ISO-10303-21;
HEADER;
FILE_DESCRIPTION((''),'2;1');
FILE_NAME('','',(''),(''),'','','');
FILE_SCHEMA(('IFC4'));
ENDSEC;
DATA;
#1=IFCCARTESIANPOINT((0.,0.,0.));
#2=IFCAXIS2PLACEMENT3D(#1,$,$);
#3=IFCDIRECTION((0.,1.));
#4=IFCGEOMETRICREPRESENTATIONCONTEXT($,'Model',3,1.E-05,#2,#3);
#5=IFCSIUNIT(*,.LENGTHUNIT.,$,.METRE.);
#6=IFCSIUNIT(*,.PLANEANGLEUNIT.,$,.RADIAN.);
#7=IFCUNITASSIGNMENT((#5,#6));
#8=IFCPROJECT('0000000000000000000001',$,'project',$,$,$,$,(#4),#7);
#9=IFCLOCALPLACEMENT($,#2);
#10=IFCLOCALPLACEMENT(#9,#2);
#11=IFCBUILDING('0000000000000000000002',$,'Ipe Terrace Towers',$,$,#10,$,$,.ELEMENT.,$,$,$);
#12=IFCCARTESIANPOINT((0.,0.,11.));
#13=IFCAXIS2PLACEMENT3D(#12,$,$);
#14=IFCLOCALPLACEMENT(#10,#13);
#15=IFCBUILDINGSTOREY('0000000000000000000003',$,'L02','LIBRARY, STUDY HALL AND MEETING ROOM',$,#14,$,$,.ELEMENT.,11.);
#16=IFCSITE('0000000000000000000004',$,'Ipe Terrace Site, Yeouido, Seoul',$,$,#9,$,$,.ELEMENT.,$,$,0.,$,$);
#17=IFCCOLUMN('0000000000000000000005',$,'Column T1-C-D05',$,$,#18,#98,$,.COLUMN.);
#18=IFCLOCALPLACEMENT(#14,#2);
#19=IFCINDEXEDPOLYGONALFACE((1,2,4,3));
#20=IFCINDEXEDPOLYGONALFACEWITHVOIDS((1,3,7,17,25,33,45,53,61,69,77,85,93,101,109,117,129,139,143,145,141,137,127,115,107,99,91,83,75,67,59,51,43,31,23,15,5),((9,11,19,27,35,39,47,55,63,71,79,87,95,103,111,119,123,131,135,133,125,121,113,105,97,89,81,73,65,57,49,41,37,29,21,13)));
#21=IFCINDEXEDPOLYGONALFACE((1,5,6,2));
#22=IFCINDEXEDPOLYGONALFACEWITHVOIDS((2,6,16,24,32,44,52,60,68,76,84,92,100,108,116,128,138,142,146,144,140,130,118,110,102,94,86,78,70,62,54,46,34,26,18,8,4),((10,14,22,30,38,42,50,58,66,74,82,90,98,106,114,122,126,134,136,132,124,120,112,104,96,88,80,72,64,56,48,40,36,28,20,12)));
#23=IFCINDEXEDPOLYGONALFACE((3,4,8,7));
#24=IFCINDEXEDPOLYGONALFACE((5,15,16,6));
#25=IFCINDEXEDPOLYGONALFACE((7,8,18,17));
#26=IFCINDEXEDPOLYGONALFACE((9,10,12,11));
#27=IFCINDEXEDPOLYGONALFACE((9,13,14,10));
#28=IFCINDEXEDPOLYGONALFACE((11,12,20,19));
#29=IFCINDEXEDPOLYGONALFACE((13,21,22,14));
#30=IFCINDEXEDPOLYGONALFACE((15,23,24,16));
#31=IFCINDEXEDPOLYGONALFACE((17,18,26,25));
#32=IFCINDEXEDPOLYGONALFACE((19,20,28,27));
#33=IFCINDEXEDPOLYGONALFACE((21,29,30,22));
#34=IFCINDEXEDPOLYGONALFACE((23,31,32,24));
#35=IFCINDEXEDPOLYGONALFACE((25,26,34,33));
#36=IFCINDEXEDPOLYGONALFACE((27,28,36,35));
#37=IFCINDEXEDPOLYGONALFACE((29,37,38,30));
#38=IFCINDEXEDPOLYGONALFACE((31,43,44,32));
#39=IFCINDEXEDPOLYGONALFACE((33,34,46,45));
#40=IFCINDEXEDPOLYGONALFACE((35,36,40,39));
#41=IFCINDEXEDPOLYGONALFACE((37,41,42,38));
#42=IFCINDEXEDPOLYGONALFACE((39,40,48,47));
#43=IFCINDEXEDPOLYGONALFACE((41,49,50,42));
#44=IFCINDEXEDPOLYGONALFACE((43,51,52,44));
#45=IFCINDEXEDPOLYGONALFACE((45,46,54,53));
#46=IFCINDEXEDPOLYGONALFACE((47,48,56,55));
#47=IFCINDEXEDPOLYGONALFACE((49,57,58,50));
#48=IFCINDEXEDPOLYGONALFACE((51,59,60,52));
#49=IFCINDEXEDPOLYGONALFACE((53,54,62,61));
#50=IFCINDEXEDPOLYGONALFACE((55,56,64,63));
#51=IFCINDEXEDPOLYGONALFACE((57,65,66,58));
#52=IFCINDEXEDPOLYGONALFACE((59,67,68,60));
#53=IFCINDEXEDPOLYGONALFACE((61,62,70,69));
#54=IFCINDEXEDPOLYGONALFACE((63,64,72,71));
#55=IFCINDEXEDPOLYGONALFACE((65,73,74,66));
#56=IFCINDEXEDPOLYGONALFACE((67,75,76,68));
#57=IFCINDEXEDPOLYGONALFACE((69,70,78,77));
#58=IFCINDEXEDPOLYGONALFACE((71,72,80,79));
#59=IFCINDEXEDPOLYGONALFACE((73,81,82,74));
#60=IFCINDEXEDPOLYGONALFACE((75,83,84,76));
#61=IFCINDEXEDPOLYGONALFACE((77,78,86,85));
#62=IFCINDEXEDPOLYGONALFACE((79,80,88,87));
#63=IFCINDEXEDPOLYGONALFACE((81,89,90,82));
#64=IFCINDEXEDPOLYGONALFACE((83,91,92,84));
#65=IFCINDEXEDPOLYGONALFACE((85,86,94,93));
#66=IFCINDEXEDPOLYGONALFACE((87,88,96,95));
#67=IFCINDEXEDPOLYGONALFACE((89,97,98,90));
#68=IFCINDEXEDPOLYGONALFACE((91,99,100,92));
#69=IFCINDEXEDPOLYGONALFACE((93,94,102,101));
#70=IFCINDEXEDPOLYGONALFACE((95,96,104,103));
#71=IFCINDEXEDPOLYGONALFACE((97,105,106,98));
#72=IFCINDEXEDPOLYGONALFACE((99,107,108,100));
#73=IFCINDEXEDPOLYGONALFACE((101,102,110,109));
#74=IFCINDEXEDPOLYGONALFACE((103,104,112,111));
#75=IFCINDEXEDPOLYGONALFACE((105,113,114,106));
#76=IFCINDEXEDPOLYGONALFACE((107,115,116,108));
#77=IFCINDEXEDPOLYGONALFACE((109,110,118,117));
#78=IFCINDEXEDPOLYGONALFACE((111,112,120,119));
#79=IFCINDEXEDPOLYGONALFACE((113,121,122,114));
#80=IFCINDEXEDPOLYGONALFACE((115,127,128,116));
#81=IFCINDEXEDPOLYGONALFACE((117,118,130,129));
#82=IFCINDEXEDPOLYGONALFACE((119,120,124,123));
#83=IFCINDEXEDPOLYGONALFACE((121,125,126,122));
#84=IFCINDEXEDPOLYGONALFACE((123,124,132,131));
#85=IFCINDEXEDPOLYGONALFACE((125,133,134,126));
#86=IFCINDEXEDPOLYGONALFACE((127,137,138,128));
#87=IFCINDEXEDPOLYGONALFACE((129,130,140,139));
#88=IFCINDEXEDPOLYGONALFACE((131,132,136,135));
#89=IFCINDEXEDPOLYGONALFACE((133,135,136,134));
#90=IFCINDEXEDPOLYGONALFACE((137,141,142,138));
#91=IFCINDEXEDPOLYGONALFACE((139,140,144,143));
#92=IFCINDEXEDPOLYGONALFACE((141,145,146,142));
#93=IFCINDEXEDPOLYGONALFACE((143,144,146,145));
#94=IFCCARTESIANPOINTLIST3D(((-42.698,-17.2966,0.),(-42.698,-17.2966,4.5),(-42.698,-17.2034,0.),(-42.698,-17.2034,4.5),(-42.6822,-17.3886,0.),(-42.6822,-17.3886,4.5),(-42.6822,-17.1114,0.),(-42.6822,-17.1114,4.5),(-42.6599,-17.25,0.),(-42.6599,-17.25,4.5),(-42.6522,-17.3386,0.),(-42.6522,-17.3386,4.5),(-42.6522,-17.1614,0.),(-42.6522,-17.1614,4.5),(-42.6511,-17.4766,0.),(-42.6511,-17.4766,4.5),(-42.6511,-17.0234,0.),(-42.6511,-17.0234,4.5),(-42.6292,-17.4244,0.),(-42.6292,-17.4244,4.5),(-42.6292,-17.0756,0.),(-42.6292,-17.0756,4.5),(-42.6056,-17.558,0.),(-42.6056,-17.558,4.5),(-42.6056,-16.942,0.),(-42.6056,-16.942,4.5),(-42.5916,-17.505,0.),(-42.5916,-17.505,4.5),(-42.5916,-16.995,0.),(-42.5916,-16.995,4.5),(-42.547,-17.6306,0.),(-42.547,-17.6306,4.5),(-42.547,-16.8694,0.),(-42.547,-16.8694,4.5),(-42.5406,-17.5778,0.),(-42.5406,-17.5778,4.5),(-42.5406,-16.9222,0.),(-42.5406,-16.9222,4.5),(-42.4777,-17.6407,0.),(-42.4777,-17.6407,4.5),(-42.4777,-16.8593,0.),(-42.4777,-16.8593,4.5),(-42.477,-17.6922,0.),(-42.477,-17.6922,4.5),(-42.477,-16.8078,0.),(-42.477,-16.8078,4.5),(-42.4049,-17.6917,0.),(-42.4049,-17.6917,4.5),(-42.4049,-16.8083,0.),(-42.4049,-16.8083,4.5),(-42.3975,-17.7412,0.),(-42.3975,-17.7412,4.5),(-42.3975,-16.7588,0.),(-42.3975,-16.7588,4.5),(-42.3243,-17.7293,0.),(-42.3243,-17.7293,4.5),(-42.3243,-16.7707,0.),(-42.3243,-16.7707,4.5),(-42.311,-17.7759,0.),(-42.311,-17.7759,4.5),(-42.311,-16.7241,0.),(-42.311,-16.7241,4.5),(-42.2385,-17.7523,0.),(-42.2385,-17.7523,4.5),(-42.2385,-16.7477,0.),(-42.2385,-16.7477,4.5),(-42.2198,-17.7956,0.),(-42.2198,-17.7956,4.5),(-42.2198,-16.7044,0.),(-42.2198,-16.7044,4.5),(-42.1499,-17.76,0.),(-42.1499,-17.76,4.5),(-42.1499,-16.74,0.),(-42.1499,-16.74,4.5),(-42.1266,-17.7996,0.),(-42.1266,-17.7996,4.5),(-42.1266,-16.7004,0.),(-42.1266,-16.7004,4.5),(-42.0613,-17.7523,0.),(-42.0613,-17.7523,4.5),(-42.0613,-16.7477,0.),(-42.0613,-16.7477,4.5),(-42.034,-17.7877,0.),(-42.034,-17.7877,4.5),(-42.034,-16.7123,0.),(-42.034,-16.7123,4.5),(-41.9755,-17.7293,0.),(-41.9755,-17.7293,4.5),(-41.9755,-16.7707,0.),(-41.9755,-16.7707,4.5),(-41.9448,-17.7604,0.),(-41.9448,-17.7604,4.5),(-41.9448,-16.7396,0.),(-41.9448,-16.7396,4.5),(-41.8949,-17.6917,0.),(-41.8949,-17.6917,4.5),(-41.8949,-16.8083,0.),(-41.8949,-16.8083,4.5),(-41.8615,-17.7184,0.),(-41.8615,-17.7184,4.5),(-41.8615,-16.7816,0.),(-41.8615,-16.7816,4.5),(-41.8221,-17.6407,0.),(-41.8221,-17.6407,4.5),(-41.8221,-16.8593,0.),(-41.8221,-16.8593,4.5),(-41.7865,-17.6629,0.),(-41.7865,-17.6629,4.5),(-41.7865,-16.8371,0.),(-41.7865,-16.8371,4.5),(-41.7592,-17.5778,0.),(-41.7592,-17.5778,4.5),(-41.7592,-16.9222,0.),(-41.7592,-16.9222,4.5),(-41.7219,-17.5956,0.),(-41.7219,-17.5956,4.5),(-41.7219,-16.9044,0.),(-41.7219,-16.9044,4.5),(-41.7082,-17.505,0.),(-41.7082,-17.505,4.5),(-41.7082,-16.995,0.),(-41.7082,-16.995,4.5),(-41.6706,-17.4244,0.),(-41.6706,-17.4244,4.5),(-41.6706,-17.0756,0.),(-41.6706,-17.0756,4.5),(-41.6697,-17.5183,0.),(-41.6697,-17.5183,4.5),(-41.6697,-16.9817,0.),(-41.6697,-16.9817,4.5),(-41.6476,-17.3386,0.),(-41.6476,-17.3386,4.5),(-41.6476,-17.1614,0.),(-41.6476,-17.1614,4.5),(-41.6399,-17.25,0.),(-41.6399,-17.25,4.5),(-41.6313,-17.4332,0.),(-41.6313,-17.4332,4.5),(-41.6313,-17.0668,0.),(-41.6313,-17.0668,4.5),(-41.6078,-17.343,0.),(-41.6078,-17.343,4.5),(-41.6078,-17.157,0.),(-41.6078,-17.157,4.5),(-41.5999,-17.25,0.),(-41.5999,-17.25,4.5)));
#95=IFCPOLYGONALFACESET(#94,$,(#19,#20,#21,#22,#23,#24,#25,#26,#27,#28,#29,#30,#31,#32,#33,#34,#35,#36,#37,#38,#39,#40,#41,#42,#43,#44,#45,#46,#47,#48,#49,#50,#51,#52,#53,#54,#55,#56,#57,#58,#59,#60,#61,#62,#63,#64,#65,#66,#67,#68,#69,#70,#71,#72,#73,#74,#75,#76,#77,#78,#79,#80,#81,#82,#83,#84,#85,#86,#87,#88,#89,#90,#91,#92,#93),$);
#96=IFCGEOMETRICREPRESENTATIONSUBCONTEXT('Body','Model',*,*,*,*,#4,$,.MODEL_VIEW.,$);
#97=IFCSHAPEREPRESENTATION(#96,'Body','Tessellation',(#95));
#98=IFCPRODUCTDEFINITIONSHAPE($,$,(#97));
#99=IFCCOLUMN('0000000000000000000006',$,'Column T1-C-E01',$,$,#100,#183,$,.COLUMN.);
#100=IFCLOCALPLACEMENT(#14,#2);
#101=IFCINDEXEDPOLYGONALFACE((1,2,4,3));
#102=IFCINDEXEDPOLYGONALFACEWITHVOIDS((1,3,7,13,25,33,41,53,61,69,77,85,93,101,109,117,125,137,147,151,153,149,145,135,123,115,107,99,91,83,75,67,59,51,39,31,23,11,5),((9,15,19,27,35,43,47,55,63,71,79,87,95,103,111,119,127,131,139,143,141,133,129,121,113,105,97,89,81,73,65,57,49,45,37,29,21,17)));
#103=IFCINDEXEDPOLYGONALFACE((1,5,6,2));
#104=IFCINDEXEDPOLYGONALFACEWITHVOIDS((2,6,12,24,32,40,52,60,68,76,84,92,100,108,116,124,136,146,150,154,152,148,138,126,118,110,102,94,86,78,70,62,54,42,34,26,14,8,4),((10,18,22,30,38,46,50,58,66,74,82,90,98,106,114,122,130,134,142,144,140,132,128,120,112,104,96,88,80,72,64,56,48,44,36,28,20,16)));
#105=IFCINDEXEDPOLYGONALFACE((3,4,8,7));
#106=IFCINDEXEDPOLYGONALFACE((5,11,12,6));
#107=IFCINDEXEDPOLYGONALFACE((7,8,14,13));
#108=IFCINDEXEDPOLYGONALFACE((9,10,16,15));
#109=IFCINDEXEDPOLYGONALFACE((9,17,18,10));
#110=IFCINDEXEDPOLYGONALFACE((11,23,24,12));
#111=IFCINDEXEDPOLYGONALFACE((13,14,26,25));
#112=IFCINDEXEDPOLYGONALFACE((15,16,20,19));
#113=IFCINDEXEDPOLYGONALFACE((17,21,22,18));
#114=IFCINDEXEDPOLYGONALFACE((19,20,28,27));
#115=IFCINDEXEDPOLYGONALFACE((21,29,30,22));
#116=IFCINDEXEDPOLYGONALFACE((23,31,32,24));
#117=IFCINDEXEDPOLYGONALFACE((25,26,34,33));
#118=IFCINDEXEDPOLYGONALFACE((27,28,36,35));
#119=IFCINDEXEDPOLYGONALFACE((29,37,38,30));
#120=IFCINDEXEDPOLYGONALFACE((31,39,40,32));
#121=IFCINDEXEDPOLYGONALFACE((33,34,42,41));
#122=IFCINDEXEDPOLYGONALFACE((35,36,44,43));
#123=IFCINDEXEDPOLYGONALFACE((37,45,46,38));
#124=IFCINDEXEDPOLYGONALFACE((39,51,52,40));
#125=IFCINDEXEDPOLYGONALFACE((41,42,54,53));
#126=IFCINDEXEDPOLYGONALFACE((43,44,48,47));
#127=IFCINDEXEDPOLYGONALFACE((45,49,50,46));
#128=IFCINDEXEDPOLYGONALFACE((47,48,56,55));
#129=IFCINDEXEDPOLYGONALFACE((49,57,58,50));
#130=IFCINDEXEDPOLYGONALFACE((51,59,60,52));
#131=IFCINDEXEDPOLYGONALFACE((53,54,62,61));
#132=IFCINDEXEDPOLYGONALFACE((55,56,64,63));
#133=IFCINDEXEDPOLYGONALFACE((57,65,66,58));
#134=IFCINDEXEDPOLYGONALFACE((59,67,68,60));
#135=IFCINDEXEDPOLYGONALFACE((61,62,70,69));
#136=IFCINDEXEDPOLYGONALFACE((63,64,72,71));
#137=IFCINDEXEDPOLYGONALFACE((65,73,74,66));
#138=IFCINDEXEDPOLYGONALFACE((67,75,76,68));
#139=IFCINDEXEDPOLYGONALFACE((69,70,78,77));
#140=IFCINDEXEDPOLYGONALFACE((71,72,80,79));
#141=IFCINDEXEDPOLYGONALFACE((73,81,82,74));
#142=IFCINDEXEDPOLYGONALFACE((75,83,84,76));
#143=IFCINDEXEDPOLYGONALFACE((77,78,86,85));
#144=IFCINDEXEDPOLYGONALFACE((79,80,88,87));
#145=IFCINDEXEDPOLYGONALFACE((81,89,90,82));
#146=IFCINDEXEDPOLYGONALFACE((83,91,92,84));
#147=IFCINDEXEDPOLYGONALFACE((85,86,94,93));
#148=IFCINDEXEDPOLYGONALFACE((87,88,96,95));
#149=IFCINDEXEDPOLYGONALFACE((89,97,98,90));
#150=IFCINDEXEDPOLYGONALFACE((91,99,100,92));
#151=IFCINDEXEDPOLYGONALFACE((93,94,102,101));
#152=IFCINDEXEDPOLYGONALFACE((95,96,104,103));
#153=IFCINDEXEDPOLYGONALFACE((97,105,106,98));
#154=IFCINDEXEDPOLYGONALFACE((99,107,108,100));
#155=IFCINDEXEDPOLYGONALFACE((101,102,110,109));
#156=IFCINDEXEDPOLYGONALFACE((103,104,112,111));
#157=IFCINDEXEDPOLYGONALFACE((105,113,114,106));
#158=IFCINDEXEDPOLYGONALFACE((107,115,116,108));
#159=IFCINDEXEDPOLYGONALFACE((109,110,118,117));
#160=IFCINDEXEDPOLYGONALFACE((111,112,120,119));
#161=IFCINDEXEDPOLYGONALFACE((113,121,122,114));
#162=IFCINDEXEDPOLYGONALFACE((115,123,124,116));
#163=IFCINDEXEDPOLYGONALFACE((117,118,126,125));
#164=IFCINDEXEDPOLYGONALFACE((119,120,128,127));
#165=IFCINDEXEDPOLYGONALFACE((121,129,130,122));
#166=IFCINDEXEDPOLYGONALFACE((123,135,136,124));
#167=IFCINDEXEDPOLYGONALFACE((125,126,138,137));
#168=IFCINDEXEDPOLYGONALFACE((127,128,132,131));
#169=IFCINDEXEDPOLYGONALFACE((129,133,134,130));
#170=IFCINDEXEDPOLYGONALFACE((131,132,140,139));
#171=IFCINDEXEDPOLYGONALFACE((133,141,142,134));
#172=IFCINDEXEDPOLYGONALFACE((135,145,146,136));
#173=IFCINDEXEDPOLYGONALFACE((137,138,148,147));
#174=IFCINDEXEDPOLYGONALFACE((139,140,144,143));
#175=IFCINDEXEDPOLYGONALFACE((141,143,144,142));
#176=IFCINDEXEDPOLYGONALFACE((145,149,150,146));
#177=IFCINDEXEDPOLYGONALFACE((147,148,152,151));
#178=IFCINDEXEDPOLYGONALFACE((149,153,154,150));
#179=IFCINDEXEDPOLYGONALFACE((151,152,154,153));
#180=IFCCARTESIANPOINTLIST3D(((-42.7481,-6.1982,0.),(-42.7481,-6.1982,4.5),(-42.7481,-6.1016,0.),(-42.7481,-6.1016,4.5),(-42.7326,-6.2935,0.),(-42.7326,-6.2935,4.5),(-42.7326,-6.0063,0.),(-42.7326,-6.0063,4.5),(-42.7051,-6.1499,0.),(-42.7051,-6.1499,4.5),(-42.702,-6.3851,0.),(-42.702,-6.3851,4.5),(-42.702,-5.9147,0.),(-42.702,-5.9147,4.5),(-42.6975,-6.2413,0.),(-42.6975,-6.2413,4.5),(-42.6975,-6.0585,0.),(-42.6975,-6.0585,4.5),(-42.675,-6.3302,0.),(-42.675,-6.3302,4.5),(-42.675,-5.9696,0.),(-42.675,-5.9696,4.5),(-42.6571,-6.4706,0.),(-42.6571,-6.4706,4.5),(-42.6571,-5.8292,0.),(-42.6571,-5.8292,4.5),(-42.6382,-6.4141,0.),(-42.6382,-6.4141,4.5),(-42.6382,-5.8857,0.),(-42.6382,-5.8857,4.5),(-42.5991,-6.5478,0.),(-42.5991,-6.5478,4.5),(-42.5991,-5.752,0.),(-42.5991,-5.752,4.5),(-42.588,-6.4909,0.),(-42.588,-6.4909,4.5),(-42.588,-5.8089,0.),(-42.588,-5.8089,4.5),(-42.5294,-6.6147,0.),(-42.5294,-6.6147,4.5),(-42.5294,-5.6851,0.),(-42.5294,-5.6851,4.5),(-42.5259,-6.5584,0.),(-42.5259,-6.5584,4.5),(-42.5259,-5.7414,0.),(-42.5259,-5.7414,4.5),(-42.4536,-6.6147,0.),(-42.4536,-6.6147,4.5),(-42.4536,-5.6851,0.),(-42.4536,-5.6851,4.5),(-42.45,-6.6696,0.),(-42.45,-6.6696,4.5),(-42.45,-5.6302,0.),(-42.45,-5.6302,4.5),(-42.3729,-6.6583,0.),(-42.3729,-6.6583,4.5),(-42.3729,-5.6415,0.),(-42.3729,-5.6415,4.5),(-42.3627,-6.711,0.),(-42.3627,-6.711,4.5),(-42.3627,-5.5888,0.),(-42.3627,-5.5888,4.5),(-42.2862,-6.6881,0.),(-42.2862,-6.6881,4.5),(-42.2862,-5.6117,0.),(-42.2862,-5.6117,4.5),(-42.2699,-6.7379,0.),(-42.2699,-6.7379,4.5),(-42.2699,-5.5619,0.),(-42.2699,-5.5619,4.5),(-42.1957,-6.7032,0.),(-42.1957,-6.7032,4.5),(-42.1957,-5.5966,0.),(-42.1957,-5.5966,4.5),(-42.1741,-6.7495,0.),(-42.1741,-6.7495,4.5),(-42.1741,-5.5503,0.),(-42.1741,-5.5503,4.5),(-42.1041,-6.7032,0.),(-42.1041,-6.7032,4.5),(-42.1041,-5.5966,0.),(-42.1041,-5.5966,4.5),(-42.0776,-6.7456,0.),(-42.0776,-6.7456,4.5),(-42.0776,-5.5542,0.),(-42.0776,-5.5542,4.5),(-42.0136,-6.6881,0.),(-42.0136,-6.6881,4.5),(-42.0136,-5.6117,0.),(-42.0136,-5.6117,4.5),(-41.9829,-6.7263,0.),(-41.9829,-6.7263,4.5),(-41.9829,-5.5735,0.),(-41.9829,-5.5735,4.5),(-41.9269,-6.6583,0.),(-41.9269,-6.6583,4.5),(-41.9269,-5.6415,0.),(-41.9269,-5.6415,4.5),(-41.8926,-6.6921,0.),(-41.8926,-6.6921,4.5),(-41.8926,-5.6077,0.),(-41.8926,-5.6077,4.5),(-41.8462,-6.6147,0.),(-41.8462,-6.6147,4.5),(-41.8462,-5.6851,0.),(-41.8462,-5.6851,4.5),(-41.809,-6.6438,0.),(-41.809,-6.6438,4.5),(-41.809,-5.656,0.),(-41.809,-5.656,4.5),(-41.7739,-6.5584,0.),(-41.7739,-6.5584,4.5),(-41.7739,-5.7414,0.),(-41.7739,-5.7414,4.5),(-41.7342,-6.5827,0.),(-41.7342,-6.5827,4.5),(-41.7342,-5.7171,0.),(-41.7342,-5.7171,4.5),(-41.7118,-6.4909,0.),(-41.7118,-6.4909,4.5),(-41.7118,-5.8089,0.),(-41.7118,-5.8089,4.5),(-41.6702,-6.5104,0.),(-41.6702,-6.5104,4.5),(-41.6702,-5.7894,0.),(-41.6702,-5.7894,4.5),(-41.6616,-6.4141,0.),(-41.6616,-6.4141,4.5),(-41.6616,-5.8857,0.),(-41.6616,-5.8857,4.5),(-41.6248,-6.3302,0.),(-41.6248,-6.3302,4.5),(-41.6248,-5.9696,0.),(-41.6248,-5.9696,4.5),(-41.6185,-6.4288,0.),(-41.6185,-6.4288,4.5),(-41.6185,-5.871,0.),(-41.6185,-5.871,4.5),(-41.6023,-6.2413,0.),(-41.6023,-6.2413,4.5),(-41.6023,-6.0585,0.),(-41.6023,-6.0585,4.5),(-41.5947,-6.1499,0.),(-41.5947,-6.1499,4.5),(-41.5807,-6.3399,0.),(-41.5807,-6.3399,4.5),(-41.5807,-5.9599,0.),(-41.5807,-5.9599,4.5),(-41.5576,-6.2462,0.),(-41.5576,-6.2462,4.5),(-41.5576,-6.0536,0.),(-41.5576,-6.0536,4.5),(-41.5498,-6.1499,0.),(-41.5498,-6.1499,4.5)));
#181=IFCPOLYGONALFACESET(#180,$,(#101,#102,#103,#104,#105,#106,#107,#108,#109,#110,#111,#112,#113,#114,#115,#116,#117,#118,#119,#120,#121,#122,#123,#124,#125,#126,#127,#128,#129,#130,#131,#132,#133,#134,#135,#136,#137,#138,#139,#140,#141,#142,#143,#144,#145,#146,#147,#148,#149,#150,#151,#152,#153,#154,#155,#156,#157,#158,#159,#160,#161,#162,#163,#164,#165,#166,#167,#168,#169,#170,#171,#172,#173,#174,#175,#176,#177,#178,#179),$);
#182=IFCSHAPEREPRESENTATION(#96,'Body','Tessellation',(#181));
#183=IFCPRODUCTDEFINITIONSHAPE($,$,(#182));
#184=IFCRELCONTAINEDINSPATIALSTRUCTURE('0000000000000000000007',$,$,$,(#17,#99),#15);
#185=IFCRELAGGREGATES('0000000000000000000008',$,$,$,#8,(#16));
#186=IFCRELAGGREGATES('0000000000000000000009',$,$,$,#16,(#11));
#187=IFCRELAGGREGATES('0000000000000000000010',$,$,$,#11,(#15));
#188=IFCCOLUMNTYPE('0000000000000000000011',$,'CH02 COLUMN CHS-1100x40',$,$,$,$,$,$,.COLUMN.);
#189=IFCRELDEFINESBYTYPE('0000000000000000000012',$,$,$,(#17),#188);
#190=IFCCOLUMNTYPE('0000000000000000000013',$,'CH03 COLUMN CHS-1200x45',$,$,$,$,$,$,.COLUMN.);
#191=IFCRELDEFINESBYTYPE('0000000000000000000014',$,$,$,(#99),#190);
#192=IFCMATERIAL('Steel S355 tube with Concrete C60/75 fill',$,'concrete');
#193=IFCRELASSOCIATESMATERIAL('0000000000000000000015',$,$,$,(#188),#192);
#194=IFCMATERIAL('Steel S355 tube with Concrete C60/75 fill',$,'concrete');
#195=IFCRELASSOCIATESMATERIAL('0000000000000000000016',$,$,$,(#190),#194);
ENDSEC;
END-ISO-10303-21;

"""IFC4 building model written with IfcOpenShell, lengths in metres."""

from ifc_helpers import new_model, si_unit, direction, frame, origin, origin_2d, place, context, subcontext, project, spatial, hollow_circle, extrude, material, material_profile, profile_set, type_object, element, save


model = new_model("IFC4")

# Units and contexts
model_context = context("Model", 3, precision=1e-05, world=origin(), true_north=direction((0.0, 1.0)))
body_context = subcontext(model_context, "Body", "Model", "MODEL_VIEW")
ifc_project = project(units=[si_unit("LENGTHUNIT", "METRE"), si_unit("PLANEANGLEUNIT", "RADIAN")], contexts=[model_context])

# Site, building, storey
site_placement = place(None, origin())
site = spatial("IfcSite", under=ifc_project, at=site_placement, Name="Ipe Terrace Site, Yeouido, Seoul", CompositionType="ELEMENT", RefElevation=0.0)
building_placement = place(site_placement, origin())
building = spatial("IfcBuilding", under=site, at=building_placement, Name="Ipe Terrace Towers", CompositionType="ELEMENT")
storey_placement = place(building_placement, frame((0.0, 0.0, 11.0)))
storey = spatial("IfcBuildingStorey", under=building, at=storey_placement, Name="L02", Description="LIBRARY, STUDY HALL AND MEETING ROOM", CompositionType="ELEMENT", Elevation=11.0)

# Columns
ifc_material_1 = material(Name="Steel S355 tube with Concrete C60/75 fill", Category="concrete")
ifc_material_profile_1 = material_profile(ifc_material_1, hollow_circle(Radius=0.55, WallThickness=0.04, at=origin_2d()), Name="CHS-1100x40")
ifc_profile_set_1 = profile_set([ifc_material_profile_1], Name="Steel S355 tube with Concrete C60/75 fill")
column_type_1 = type_object("IfcColumnType", Name="CH02 COLUMN CHS-1100x40", PredefinedType="COLUMN", material=ifc_profile_set_1)
for number, where, z_axis, x_axis, name in (
    (1, (-42.1499, -17.25, 0.0), (0.0, 0.0, 1.0), (1.0, 0.0, 0.0), "Column T1-C-D05"),
):
    element("IfcColumn", number, at=place(storey_placement, frame(where, z_axis=z_axis, x_axis=x_axis)), inside=storey, type_object=column_type_1, Name=name, PredefinedType="COLUMN", context=body_context, shape_type="SweptSolid", body=[
        extrude(hollow_circle(Radius=0.55, WallThickness=0.04, at=origin_2d()), origin(), (0.0, 0.0, 1.0), 4.5),
    ])
ifc_material_2 = material(Name="Steel S355 tube with Concrete C60/75 fill", Category="concrete")
ifc_material_profile_2 = material_profile(ifc_material_2, hollow_circle(Radius=0.6001, WallThickness=0.0449, at=origin_2d()), Name="CHS-1200x45")
ifc_profile_set_2 = profile_set([ifc_material_profile_2], Name="Steel S355 tube with Concrete C60/75 fill")
column_type_2 = type_object("IfcColumnType", Name="CH03 COLUMN CHS-1200x45", PredefinedType="COLUMN", material=ifc_profile_set_2)
column_1_placement = place(storey_placement, frame((-42.1499, -6.1499, 0.0), z_axis=(0.0, 0.0, 1.0), x_axis=(1.0, 0.0, 0.0)))
element("IfcColumn", 2, at=column_1_placement, inside=storey, type_object=column_type_2, Name="Column T1-C-E01", PredefinedType="COLUMN", context=body_context, shape_type="SweptSolid", body=[
    extrude(hollow_circle(Radius=0.6001, WallThickness=0.0449, at=origin_2d()), origin(), (0.0, 0.0, 1.0), 4.5),
])

save(model, "model.ifc")
